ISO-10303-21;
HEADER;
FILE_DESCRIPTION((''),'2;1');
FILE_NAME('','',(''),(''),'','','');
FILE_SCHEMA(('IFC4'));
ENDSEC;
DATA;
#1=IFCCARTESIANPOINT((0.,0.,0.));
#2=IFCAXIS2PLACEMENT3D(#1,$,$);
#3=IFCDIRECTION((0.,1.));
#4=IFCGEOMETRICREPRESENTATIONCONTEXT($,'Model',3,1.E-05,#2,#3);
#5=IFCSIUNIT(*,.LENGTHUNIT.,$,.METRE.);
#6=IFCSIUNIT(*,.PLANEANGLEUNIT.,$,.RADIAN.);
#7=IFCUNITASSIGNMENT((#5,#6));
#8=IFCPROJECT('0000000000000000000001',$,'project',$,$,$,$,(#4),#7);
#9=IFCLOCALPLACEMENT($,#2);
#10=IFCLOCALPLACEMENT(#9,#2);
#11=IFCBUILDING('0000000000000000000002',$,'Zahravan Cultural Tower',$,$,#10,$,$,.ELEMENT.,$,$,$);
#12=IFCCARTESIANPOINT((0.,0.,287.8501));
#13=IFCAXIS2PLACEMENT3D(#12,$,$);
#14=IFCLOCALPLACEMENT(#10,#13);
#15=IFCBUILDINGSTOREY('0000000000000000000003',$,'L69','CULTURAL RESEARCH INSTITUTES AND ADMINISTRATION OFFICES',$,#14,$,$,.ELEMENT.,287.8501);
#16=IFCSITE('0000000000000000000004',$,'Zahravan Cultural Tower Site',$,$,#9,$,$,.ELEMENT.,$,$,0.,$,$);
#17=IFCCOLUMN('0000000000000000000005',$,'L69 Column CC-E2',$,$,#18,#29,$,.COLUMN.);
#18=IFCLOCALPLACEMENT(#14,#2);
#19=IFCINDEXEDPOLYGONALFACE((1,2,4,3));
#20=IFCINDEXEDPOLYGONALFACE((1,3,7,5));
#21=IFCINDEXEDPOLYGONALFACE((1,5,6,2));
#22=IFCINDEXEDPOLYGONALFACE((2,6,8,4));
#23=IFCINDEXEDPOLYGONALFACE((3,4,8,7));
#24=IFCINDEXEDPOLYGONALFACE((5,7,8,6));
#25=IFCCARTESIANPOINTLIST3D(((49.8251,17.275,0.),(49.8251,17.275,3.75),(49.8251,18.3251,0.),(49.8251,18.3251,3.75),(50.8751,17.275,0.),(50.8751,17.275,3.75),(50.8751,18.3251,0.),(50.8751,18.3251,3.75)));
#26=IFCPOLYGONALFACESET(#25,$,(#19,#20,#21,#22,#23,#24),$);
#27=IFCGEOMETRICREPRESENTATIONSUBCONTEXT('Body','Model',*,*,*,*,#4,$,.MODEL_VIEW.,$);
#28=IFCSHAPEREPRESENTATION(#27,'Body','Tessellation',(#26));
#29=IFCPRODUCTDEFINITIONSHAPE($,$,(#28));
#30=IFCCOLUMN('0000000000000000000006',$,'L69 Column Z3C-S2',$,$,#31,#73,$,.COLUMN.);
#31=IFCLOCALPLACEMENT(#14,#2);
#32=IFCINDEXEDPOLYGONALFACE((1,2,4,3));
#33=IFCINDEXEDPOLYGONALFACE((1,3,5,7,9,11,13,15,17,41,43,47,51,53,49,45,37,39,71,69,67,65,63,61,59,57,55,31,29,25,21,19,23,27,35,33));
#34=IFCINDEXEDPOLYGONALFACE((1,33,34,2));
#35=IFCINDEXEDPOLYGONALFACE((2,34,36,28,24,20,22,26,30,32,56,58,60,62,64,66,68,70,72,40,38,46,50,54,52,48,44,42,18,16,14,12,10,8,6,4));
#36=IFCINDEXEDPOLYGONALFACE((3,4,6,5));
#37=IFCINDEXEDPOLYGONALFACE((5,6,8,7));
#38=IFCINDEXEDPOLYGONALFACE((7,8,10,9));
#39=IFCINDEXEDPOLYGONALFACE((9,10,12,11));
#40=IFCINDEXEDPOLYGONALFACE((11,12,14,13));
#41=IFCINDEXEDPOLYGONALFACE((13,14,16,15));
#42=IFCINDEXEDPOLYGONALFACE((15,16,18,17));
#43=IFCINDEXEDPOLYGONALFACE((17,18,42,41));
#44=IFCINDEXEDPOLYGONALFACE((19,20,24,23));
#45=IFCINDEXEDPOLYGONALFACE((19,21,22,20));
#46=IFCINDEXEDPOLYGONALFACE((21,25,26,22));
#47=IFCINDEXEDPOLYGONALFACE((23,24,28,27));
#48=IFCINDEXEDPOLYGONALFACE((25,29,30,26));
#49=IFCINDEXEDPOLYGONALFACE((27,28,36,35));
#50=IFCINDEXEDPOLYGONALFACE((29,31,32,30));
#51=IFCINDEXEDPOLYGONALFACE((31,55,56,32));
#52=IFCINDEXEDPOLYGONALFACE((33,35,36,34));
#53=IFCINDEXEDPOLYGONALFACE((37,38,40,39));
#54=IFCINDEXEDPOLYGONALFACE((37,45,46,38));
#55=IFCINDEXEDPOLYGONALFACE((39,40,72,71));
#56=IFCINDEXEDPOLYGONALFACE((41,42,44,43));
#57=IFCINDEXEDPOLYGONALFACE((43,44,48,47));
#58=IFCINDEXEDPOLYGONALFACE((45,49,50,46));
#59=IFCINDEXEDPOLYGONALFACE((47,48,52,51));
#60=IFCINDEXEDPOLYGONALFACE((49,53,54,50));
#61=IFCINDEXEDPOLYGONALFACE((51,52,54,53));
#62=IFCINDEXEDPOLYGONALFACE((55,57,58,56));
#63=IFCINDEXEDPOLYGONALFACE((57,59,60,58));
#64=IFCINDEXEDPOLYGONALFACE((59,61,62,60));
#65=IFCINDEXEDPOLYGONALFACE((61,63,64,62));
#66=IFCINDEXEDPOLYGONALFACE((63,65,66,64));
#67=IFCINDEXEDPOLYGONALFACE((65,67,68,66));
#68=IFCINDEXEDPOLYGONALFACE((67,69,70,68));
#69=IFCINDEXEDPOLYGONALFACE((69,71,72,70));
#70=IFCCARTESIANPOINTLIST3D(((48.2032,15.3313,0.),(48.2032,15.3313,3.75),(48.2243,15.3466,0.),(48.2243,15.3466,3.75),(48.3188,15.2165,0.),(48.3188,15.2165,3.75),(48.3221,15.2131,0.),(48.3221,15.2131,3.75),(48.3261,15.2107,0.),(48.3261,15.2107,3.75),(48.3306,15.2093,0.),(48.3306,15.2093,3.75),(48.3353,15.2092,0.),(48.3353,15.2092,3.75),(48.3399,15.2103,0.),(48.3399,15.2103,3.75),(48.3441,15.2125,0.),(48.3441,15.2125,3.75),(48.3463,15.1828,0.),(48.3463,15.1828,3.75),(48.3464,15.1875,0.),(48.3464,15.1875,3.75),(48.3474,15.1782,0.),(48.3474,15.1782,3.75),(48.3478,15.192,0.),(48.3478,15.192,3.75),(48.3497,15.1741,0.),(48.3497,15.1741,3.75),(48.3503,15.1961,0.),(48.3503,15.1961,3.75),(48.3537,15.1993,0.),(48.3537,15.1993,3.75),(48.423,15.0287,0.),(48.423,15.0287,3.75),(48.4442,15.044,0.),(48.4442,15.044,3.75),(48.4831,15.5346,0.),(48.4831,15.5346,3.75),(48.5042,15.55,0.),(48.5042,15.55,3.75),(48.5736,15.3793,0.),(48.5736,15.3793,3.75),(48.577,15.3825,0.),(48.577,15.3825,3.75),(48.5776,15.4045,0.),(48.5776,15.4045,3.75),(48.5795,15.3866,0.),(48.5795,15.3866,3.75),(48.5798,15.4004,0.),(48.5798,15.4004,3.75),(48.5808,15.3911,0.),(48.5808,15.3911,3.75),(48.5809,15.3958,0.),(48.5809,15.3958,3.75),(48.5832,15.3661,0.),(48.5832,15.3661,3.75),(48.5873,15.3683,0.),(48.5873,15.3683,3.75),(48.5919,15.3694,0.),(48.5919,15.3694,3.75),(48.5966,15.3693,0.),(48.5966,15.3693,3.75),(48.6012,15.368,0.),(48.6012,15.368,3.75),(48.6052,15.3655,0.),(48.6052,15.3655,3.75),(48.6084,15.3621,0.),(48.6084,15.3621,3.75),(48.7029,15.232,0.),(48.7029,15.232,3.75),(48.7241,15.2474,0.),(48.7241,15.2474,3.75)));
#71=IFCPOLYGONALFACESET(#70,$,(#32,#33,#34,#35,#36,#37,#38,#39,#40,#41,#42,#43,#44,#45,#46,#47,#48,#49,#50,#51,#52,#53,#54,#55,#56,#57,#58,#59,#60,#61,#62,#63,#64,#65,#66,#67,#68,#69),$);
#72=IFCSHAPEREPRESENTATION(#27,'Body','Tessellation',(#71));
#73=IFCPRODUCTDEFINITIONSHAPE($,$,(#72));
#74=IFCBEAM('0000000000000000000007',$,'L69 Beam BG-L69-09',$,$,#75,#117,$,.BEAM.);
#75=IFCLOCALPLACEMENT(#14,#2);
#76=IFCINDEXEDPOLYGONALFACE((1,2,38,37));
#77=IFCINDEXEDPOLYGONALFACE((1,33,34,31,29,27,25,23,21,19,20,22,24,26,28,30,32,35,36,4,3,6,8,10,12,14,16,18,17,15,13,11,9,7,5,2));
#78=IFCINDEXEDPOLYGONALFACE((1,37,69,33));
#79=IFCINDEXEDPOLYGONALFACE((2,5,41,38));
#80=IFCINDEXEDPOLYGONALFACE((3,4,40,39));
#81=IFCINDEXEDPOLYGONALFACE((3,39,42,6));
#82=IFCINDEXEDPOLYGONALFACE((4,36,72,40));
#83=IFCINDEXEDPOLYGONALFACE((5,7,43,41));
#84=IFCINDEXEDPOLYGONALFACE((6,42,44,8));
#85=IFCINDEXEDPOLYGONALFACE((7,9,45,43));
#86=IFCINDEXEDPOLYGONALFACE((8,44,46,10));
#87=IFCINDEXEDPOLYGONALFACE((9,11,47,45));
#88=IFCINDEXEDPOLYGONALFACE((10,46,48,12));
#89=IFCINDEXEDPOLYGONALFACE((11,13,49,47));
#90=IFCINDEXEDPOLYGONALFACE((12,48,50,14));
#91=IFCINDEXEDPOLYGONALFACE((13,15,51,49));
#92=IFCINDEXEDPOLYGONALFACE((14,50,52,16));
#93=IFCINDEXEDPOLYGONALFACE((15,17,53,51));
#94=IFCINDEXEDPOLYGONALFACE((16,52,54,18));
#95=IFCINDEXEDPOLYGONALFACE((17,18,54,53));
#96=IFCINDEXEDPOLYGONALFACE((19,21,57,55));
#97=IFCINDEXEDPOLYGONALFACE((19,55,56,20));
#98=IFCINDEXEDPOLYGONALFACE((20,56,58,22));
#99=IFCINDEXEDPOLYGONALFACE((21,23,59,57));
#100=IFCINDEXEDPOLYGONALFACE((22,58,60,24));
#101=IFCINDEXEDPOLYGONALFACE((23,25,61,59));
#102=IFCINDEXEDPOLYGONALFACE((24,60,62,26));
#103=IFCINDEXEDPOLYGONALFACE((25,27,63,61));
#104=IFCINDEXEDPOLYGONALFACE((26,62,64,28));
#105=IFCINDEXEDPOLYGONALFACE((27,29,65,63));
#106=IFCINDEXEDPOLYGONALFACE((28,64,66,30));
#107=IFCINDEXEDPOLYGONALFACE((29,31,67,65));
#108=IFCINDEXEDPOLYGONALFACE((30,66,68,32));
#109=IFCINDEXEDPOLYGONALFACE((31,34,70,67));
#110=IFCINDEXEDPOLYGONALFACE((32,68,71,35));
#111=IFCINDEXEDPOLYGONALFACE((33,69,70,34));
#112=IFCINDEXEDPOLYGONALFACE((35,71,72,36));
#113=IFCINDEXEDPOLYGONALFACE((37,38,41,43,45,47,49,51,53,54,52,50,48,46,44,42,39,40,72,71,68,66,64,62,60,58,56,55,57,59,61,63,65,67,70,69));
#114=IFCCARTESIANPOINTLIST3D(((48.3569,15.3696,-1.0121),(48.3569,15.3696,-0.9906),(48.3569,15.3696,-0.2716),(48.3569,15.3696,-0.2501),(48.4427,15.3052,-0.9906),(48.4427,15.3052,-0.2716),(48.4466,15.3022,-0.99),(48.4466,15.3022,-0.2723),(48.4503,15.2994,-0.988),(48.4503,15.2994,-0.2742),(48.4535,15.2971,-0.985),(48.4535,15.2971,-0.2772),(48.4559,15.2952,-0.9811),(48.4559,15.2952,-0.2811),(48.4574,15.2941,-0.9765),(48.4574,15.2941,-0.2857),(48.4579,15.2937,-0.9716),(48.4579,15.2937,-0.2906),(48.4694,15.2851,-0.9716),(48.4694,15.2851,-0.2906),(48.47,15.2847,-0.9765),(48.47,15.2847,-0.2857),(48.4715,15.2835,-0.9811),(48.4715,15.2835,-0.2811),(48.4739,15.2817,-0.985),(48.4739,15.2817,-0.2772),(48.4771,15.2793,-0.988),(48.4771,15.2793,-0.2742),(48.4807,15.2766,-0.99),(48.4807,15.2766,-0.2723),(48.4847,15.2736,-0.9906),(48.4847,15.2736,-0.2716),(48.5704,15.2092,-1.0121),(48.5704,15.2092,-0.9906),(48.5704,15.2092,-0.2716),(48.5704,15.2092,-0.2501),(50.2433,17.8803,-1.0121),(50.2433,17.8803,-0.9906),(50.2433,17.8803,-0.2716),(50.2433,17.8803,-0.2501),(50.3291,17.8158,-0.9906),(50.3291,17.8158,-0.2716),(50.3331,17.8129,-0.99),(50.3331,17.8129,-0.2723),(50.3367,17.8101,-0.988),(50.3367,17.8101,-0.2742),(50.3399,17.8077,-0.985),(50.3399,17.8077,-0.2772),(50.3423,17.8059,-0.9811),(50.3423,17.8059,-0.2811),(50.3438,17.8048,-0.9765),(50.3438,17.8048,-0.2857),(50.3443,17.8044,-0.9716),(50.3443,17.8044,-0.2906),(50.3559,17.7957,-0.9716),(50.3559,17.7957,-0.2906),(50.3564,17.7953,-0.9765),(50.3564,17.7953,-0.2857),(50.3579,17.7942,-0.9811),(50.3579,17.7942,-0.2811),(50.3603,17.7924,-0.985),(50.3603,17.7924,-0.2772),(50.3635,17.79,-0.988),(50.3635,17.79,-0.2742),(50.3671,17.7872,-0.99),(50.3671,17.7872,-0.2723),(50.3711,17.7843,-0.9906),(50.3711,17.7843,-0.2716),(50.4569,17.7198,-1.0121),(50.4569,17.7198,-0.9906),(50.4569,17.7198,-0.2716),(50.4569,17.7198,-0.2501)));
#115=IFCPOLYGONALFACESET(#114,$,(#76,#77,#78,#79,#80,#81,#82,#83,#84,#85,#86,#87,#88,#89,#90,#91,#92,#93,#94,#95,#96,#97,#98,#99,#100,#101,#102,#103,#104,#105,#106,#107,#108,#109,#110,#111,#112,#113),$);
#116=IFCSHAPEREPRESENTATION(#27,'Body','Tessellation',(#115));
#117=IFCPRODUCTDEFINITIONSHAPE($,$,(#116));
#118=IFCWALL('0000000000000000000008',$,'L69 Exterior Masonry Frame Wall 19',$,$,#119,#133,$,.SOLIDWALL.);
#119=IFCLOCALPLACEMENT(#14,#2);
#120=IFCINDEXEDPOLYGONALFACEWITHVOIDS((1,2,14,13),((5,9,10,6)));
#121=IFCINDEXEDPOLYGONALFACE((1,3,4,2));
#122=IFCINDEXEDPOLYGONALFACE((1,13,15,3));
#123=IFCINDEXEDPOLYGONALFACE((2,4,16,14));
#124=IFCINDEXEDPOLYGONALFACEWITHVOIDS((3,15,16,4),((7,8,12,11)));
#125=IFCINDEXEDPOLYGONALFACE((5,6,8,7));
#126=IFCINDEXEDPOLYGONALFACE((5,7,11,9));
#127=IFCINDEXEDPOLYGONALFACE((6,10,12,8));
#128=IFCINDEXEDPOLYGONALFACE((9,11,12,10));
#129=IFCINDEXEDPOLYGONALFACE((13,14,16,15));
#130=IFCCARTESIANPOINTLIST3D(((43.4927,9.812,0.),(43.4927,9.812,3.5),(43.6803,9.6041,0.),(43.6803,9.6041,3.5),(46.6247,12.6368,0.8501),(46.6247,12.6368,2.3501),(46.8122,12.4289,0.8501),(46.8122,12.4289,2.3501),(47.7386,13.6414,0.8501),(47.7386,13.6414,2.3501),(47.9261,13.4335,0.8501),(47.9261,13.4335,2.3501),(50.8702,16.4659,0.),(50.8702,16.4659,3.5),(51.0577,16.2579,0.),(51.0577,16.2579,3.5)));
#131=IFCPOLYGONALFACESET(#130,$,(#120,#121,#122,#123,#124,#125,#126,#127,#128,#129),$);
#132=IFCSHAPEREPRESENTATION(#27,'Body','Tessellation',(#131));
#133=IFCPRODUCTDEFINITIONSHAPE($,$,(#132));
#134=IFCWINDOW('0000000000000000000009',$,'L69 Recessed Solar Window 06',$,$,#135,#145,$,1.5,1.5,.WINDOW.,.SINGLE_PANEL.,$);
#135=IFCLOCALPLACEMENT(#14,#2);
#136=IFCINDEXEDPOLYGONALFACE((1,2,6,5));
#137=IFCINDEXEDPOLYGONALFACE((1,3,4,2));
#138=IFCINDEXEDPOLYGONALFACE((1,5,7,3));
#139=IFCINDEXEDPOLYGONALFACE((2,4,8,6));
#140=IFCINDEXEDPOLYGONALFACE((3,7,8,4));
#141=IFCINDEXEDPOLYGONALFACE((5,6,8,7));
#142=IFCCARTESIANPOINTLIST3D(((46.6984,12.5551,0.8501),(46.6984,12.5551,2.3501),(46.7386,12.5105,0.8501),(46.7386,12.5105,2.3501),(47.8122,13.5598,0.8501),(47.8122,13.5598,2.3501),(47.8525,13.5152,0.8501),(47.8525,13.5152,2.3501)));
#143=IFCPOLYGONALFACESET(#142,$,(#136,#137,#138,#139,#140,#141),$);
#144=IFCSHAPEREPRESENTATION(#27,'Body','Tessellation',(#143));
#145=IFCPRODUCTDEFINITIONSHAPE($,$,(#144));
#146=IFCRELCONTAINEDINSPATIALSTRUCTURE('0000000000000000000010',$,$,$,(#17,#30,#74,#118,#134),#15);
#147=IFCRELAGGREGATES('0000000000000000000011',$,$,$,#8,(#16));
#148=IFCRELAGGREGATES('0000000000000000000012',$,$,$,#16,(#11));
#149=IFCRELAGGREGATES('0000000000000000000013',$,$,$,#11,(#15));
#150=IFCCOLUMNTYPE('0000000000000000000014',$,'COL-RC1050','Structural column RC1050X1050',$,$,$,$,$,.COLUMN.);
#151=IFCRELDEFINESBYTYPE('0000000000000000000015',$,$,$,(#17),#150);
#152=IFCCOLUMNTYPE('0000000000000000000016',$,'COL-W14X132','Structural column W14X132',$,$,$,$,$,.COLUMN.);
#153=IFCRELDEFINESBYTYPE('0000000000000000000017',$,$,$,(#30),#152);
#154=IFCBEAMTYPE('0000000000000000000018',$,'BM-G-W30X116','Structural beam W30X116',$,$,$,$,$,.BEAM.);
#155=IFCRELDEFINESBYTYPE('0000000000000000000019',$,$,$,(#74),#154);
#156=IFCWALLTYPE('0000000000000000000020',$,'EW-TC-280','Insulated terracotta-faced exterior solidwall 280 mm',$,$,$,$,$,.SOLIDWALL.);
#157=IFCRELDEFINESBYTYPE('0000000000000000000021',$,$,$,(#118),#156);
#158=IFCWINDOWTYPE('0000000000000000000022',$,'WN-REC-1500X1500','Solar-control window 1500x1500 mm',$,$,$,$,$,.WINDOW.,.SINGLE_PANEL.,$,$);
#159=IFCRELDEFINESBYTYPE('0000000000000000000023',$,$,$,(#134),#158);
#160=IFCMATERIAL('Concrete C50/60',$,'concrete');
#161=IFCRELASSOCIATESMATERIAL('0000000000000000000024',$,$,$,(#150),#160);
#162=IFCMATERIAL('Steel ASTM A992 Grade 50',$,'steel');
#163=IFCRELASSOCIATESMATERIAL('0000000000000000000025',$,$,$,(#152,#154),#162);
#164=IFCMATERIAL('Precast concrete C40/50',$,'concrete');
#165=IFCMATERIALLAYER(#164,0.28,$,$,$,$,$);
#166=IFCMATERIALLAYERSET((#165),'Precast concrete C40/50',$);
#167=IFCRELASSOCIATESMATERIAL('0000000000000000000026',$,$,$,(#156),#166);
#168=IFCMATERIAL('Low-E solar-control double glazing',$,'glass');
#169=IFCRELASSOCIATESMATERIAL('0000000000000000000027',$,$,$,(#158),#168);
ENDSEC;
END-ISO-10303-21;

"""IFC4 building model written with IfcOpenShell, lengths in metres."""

from ifc_helpers import new_model, si_unit, direction, frame, frame_2d, origin, origin_2d, place, context, subcontext, project, spatial, rectangle, i_section, extrude, source, transform, mapped, material, layer, layer_set, material_profile, profile_set, type_object, element, fill, save


model = new_model("IFC4")

# Units and contexts
model_context = context("Model", 3, precision=1e-05, world=origin(), true_north=direction((0.0, 1.0)))
body_context = subcontext(model_context, "Body", "Model", "MODEL_VIEW")
ifc_project = project(units=[si_unit("LENGTHUNIT", "METRE"), si_unit("PLANEANGLEUNIT", "RADIAN")], contexts=[model_context])

# Site, building, storey
site_placement = place(None, origin())
site = spatial("IfcSite", under=ifc_project, at=site_placement, Name="Zahravan Cultural Tower Site", CompositionType="ELEMENT", RefElevation=0.0)
building_placement = place(site_placement, origin())
building = spatial("IfcBuilding", under=site, at=building_placement, Name="Zahravan Cultural Tower", CompositionType="ELEMENT")
storey_placement = place(building_placement, frame((0.0, 0.0, 287.8501)))
storey = spatial("IfcBuildingStorey", under=building, at=storey_placement, Name="L69", Description="CULTURAL RESEARCH INSTITUTES AND ADMINISTRATION OFFICES", CompositionType="ELEMENT", Elevation=287.8501)

# Columns
ifc_material_1 = material(Name="Concrete C50/60", Category="concrete")
ifc_material_profile_1 = material_profile(ifc_material_1, rectangle(XDim=1.05, YDim=1.05, at=origin_2d()), Name="RC1050X1050")
ifc_profile_set_1 = profile_set([ifc_material_profile_1], Name="Concrete C50/60")
column_type_1 = type_object("IfcColumnType", Name="COL-RC1050", Description="Structural column RC1050X1050", PredefinedType="COLUMN", material=ifc_profile_set_1)
shared_shape_1 = source(origin(), body_context, "Body", "SweptSolid", [
    extrude(rectangle(XDim=1.05, YDim=1.05, at=origin_2d()), origin(), (0.0, 0.0, 1.0), 3.75),
])
column_1_placement = place(storey_placement, frame((50.3501, 17.8, 0.0), z_axis=(0.0, 0.0, 1.0), x_axis=(1.0, 0.0, 0.0)))
element("IfcColumn", 1, at=column_1_placement, inside=storey, type_object=column_type_1, Name="L69 Column CC-E2", PredefinedType="COLUMN", context=body_context, shape_type="MappedRepresentation", body=[
    mapped(shared_shape_1, transform((0.0, 0.0, 0.0), x_axis=(1.0, 0.0, 0.0), y_axis=(0.0, 1.0, 0.0), z_axis=(0.0, 0.0, 1.0), scale=1.0)),
])
ifc_material_2 = material(Name="Steel ASTM A992 Grade 50", Category="steel")
ifc_material_profile_2 = material_profile(ifc_material_2, i_section(OverallWidth=0.374, OverallDepth=0.3721, WebThickness=0.0164, FlangeThickness=0.0261, FilletRadius=0.0181, at=origin_2d()), Name="W14X132")
ifc_profile_set_2 = profile_set([ifc_material_profile_2], Name="Steel ASTM A992 Grade 50")
column_type_2 = type_object("IfcColumnType", Name="COL-W14X132", Description="Structural column W14X132", PredefinedType="COLUMN", material=ifc_profile_set_2)
shared_shape_2 = source(origin(), body_context, "Body", "SweptSolid", [
    extrude(i_section(OverallWidth=0.374, OverallDepth=0.3721, WebThickness=0.0164, FlangeThickness=0.0261, FilletRadius=0.0181, at=origin_2d()), origin(), (0.0, 0.0, 1.0), 3.75),
])
column_2_placement = place(storey_placement, frame((48.4636, 15.2893, 0.0), z_axis=(0.0, 0.0, 1.0), x_axis=(-0.587785, 0.809017, 0.0)))
element("IfcColumn", 2, at=column_2_placement, inside=storey, type_object=column_type_2, Name="L69 Column Z3C-S2", PredefinedType="COLUMN", context=body_context, shape_type="MappedRepresentation", body=[
    mapped(shared_shape_2, transform((0.0, 0.0, 0.0), x_axis=(1.0, 0.0, 0.0), y_axis=(0.0, 1.0, 0.0), z_axis=(0.0, 0.0, 1.0), scale=1.0)),
])

# Beam
ifc_material_profile_3 = material_profile(ifc_material_2, i_section(OverallWidth=0.2671, OverallDepth=0.762, WebThickness=0.0144, FlangeThickness=0.0215, FilletRadius=0.019, at=origin_2d()), Name="W30X116")
ifc_profile_set_3 = profile_set([ifc_material_profile_3], Name="Steel ASTM A992 Grade 50")
beam_type = type_object("IfcBeamType", Name="BM-G-W30X116", Description="Structural beam W30X116", PredefinedType="BEAM", material=ifc_profile_set_3)
shared_shape_3 = source(origin(), body_context, "Body", "SweptSolid", [
    extrude(i_section(OverallWidth=0.2671, OverallDepth=0.762, WebThickness=0.0144, FlangeThickness=0.0215, FilletRadius=0.019, at=origin_2d()), origin(), (0.0, 0.0, 1.0), 3.1404),
])
beam_placement = place(storey_placement, frame((50.3501, 17.8, -0.6311), z_axis=(-0.600696, -0.799477, 0.0), x_axis=(0.799477, -0.600696, 0.0)))
element("IfcBeam", 3, at=beam_placement, inside=storey, type_object=beam_type, Name="L69 Beam BG-L69-09", PredefinedType="BEAM", context=body_context, shape_type="MappedRepresentation", body=[
    mapped(shared_shape_3, transform((0.0, 0.0, 0.0), x_axis=(1.0, 0.0, 0.0), y_axis=(0.0, 1.0, 0.0), z_axis=(0.0, 0.0, 1.0), scale=1.0)),
])

# Wall, opening, window
ifc_material_3 = material(Name="Precast concrete C40/50", Category="concrete")
ifc_layer_1 = layer(ifc_material_3, 0.28)
ifc_layer_set_1 = layer_set([ifc_layer_1], Name="Precast concrete C40/50")
wall_type_1 = type_object("IfcWallType", Name="EW-TC-280", Description="Insulated terracotta-faced exterior solidwall 280 mm", PredefinedType="SOLIDWALL", material=ifc_layer_set_1)
wall_1_placement = place(storey_placement, frame((50.9639, 16.3618, 0.0), z_axis=(0.0, 0.0, 1.0), x_axis=(-0.742587, -0.669749, 0.0)))
wall_1 = element("IfcWall", 4, at=wall_1_placement, inside=storey, type_object=wall_type_1, Name="L69 Exterior Masonry Frame Wall 19", PredefinedType="SOLIDWALL", context=body_context, shape_type="SweptSolid", body=[
    extrude(rectangle(XDim=9.9348, YDim=0.28, at=frame_2d((4.9673, 0.0))), origin(), (0.0, 0.0, 1.0), 3.5),
])
opening_1_placement = place(wall_1_placement, frame((4.217, 0.0, 0.8501)))
opening_1 = element("IfcOpeningElement", 5, at=opening_1_placement, cuts=wall_1, PredefinedType="OPENING", context=body_context, shape_type="SweptSolid", body=[
    extrude(rectangle(XDim=1.5, YDim=1.5, at=frame_2d((0.75, 0.75))), frame((0.0, 0.1499, 0.0), z_axis=(0.0, -1.0, 0.0), x_axis=(1.0, 0.0, 0.0)), (0.0, 0.0, 1.0), 0.3),
])
ifc_material_4 = material(Name="Low-E solar-control double glazing", Category="glass")
window_type = type_object("IfcWindowType", Name="WN-REC-1500X1500", Description="Solar-control window 1500x1500 mm", PartitioningType="SINGLE_PANEL", PredefinedType="WINDOW", material=ifc_material_4)
shared_shape_4 = source(origin(), body_context, "Body", "SweptSolid", [
    extrude(rectangle(XDim=1.5, YDim=1.5, at=frame_2d((0.75, 0.75))), frame((0.0, 0.03, 0.0), z_axis=(0.0, -1.0, 0.0), x_axis=(1.0, 0.0, 0.0)), (0.0, 0.0, 1.0), 0.0601),
])
window_placement = place(opening_1_placement, origin())
window = element("IfcWindow", 6, at=window_placement, inside=storey, type_object=window_type, Name="L69 Recessed Solar Window 06", OverallHeight=1.5, OverallWidth=1.5, PartitioningType="SINGLE_PANEL", PredefinedType="WINDOW", context=body_context, shape_type="MappedRepresentation", body=[
    mapped(shared_shape_4, transform((0.0, 0.0, 0.0), x_axis=(1.0, 0.0, 0.0), y_axis=(0.0, 1.0, 0.0), z_axis=(0.0, 0.0, 1.0), scale=1.0)),
])
fill(opening_1, window)

save(model, "model.ifc")
